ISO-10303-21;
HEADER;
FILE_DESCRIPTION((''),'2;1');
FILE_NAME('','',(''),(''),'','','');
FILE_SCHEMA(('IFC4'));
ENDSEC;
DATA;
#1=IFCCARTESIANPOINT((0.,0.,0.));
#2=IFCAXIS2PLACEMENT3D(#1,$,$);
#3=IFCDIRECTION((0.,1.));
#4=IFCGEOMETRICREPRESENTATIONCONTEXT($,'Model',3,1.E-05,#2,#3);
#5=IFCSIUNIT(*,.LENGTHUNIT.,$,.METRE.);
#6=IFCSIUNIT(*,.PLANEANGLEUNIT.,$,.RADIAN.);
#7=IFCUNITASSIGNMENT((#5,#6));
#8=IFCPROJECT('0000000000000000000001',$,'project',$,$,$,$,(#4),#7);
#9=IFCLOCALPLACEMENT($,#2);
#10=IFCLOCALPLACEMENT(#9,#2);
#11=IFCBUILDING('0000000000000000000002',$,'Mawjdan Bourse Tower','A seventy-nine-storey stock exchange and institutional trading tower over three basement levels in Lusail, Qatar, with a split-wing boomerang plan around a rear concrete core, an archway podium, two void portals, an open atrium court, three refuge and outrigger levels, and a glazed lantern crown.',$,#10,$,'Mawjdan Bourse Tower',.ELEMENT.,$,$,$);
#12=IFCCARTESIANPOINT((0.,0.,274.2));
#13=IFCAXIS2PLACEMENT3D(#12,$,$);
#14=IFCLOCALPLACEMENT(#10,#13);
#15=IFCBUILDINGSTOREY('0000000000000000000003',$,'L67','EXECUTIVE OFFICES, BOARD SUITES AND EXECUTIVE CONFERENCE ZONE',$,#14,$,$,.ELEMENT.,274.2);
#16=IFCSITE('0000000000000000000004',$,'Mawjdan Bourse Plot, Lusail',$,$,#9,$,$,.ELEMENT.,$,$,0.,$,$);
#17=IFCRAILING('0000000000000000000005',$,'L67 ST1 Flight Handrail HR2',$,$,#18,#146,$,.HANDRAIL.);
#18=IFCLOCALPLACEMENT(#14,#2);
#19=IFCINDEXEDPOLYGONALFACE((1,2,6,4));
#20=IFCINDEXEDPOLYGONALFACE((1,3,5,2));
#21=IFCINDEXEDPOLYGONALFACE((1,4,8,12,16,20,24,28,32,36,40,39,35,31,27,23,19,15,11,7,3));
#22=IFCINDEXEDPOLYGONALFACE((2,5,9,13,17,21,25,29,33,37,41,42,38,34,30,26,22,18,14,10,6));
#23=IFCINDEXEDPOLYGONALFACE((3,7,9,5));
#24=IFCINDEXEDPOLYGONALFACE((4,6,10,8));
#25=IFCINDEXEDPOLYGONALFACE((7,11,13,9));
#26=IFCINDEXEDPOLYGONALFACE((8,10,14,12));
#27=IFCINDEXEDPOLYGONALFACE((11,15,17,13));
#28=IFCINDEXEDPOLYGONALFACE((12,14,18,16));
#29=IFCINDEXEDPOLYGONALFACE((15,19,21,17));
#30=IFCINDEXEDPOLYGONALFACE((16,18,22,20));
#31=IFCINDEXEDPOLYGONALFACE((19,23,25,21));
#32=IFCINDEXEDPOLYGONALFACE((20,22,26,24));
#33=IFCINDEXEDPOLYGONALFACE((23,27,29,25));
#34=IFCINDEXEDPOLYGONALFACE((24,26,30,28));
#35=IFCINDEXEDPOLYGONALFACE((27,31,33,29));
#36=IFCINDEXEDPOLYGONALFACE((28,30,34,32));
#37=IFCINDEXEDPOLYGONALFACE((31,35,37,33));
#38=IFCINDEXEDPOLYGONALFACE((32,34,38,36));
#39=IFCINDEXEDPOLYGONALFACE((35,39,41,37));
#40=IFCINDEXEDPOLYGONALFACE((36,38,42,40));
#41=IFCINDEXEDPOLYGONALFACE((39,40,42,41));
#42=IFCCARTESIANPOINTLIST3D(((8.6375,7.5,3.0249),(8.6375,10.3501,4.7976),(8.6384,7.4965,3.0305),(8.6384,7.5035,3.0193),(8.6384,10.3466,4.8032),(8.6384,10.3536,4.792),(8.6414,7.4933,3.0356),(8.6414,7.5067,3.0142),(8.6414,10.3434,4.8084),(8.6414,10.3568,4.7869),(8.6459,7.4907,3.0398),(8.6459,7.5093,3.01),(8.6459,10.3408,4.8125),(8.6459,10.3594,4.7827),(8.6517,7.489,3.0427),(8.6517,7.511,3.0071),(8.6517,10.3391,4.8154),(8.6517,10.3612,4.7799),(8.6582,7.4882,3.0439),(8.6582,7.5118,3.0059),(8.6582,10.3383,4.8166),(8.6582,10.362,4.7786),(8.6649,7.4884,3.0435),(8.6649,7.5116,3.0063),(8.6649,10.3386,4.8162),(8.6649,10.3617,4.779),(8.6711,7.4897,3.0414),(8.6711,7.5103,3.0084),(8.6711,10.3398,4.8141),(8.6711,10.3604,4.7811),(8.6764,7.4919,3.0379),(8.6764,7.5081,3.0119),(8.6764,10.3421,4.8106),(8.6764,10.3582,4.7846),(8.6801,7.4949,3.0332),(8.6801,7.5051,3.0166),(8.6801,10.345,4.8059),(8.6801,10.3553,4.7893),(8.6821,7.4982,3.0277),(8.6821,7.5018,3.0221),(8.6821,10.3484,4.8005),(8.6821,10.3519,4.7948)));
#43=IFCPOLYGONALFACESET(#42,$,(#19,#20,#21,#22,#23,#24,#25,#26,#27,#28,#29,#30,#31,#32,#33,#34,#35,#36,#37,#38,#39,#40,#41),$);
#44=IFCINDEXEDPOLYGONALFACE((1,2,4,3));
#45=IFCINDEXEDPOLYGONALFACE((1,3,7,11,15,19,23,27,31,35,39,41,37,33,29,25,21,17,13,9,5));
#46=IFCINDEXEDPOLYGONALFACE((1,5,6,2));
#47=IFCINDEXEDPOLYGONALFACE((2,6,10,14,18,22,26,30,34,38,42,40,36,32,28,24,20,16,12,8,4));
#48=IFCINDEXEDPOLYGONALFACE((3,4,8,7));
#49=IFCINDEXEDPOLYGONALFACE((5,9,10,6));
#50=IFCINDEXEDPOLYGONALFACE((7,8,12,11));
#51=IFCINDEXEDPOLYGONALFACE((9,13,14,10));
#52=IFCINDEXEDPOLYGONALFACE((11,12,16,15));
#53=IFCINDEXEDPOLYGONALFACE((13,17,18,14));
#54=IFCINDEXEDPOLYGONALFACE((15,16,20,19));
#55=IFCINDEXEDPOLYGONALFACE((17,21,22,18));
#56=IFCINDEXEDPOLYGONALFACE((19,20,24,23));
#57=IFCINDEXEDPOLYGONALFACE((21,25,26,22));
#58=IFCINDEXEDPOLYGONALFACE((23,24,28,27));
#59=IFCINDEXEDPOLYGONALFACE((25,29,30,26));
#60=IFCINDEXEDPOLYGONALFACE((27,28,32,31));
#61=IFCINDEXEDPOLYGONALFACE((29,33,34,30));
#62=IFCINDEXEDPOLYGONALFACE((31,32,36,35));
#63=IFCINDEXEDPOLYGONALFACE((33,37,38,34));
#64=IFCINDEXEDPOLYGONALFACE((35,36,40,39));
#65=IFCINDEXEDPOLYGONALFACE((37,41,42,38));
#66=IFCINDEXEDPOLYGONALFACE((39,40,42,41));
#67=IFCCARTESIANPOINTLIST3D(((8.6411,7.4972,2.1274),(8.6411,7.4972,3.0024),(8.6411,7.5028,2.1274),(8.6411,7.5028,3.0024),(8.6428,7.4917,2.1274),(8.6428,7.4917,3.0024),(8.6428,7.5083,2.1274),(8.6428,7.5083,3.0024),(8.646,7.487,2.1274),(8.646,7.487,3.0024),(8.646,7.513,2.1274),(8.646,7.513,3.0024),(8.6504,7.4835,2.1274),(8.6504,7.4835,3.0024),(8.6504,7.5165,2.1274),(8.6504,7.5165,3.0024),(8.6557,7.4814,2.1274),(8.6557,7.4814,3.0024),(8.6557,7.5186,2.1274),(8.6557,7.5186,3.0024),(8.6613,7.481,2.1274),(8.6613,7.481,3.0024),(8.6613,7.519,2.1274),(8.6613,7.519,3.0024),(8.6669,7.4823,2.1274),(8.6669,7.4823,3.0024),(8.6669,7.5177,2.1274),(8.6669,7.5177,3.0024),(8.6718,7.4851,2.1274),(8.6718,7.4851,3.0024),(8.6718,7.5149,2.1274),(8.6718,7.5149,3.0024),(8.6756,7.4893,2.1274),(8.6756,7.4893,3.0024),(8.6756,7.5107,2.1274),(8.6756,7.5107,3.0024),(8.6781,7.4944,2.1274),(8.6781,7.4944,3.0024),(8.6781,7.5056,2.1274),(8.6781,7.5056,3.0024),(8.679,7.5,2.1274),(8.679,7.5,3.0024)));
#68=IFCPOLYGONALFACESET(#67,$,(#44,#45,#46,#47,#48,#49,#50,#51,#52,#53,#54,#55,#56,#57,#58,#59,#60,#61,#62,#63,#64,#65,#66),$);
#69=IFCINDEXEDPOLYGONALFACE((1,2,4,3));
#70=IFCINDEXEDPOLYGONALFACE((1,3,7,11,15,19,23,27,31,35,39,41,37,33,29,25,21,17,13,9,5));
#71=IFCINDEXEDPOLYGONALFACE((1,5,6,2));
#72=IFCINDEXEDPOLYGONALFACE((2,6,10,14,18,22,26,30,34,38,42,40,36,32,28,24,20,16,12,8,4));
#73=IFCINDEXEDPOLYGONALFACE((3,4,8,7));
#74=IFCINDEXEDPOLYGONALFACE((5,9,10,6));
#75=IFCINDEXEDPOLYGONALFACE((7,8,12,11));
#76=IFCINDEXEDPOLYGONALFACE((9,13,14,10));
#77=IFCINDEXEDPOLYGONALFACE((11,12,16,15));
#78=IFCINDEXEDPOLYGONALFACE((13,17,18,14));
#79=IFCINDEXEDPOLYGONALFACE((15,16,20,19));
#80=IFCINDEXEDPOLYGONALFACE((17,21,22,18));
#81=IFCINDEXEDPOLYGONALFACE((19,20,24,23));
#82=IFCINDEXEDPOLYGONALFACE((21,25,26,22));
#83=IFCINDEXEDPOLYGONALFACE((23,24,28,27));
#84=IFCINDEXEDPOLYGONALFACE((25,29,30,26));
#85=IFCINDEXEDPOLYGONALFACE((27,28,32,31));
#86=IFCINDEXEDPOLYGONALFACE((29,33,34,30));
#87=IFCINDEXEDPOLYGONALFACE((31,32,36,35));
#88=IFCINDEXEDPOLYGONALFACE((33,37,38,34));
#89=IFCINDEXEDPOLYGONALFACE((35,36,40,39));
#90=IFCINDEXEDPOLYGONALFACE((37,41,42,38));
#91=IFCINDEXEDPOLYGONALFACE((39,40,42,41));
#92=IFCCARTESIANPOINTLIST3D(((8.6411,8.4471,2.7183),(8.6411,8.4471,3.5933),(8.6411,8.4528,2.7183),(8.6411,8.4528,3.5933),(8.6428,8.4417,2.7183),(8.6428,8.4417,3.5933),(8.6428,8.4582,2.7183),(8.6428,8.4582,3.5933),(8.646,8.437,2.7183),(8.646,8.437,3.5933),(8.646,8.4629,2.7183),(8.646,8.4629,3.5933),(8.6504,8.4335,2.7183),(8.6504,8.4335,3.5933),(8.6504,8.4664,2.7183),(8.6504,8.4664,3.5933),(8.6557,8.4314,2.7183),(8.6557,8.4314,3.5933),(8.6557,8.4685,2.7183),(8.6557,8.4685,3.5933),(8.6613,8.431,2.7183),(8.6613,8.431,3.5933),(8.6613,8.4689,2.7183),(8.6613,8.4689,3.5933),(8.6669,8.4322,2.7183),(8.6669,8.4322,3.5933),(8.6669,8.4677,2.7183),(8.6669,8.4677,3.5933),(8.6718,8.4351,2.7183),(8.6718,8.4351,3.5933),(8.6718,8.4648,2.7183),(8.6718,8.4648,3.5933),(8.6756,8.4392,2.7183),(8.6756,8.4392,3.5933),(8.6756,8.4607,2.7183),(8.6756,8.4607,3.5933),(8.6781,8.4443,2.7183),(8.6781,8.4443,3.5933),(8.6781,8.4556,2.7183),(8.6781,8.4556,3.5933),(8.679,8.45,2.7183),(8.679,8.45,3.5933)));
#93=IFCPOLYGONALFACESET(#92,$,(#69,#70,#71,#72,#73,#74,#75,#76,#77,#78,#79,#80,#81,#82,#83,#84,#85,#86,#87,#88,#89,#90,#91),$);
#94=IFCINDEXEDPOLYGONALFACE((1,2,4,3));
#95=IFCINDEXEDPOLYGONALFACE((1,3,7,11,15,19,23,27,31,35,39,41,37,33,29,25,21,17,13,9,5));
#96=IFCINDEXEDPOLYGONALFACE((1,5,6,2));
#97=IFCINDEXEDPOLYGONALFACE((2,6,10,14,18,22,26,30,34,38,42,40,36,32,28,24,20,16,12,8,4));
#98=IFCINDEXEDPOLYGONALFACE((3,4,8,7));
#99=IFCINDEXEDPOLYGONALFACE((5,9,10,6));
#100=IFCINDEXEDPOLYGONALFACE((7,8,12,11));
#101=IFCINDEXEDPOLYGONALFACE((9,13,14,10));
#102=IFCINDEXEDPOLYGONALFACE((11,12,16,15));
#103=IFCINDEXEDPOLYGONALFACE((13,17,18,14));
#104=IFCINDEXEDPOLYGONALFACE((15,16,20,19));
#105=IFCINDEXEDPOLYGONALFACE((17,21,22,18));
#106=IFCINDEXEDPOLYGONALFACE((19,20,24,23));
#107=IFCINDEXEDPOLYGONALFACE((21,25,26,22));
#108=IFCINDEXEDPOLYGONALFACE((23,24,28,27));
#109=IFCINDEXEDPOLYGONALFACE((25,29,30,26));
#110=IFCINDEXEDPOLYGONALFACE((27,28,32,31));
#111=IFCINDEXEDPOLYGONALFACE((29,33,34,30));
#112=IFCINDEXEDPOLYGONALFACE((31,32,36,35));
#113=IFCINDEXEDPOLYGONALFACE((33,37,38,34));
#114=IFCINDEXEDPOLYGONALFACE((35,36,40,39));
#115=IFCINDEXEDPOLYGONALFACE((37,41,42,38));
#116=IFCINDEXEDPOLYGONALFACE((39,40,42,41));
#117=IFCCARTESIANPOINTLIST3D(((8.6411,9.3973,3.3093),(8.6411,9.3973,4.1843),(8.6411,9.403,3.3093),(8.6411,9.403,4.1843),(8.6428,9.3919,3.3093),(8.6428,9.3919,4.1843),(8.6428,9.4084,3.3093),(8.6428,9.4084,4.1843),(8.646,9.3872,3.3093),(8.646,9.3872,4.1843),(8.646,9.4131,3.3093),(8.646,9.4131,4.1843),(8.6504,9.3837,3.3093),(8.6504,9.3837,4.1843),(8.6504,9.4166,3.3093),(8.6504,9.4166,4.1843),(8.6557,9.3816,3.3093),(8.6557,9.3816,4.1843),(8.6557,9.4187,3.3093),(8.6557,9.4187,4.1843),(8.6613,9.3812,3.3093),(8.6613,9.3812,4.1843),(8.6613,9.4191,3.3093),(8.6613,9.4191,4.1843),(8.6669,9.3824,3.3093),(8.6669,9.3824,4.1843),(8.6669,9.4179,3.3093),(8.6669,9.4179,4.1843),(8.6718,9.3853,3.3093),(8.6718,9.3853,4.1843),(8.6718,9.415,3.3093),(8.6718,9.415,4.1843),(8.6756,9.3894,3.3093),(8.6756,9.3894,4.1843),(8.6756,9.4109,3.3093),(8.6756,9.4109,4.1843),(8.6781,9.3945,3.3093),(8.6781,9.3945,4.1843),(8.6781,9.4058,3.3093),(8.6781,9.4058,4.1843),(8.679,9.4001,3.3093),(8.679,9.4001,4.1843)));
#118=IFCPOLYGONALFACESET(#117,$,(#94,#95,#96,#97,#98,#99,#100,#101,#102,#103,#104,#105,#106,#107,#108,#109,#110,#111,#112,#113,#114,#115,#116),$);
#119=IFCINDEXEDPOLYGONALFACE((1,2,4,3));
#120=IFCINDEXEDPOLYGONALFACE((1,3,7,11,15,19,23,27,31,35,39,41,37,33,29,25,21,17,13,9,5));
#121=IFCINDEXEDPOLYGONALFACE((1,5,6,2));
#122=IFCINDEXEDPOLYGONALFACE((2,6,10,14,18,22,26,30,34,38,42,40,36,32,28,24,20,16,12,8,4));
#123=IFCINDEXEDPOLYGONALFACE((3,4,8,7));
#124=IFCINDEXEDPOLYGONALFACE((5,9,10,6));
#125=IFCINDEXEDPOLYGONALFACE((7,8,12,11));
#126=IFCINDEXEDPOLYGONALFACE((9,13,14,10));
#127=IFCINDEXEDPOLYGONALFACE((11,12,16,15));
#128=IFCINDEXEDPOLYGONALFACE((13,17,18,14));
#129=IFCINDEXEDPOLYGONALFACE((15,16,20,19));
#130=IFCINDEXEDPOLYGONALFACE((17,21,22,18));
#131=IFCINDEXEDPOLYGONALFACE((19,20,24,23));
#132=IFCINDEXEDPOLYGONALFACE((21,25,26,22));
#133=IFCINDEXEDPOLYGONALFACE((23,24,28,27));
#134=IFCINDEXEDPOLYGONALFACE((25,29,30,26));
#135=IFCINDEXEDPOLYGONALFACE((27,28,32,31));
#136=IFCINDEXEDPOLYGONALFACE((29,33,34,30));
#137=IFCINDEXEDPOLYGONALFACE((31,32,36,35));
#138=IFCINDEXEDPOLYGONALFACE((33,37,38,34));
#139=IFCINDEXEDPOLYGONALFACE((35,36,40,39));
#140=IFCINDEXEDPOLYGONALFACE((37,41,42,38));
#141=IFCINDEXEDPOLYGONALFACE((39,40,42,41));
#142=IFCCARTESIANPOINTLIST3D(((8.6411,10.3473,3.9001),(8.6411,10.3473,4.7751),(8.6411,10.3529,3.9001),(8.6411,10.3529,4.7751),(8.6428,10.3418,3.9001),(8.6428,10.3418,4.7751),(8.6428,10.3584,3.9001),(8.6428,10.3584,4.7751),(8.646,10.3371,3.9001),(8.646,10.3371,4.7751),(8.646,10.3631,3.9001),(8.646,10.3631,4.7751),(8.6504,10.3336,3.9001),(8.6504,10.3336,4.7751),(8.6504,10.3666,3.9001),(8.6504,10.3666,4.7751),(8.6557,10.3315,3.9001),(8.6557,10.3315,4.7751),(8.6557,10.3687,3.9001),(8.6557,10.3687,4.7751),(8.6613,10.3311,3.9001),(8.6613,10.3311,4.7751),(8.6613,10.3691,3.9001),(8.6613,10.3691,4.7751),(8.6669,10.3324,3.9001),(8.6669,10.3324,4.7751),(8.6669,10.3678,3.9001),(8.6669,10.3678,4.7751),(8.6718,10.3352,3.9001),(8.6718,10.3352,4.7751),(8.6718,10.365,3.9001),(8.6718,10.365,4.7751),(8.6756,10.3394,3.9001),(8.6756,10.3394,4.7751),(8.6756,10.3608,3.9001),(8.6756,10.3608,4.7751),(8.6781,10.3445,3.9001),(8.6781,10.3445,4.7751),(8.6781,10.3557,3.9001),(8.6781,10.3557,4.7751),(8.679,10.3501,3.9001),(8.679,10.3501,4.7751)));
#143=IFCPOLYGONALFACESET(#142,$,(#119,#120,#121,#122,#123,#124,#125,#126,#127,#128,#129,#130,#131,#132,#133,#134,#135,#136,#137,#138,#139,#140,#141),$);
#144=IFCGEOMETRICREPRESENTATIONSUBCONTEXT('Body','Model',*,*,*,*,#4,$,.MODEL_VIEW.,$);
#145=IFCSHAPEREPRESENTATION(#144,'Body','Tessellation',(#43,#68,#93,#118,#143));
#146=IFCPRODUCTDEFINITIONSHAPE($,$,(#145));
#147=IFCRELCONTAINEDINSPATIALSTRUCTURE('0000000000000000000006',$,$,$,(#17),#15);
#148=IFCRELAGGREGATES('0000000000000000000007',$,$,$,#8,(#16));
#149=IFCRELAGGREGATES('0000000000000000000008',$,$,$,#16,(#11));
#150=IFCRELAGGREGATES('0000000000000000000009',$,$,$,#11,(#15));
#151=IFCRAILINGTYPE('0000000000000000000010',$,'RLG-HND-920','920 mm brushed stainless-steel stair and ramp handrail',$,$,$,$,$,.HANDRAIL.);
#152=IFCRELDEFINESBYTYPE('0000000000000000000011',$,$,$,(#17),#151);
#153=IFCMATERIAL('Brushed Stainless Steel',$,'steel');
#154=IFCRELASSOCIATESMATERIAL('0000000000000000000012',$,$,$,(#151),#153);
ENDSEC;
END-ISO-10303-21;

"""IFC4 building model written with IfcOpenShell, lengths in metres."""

from ifc_helpers import new_model, si_unit, direction, frame, origin, origin_2d, place, context, subcontext, project, spatial, circle, extrude, material, type_object, element, save


model = new_model("IFC4")

# Units and contexts
model_context = context("Model", 3, precision=1e-05, world=origin(), true_north=direction((0.0, 1.0)))
body_context = subcontext(model_context, "Body", "Model", "MODEL_VIEW")
ifc_project = project(units=[si_unit("LENGTHUNIT", "METRE"), si_unit("PLANEANGLEUNIT", "RADIAN")], contexts=[model_context])

# Site, building, storey
site_placement = place(None, origin())
site = spatial("IfcSite", under=ifc_project, at=site_placement, Name="Mawjdan Bourse Plot, Lusail", CompositionType="ELEMENT", RefElevation=0.0)
building_placement = place(site_placement, origin())
building = spatial("IfcBuilding", under=site, at=building_placement, Name="Mawjdan Bourse Tower", Description="A seventy-nine-storey stock exchange and institutional trading tower over three basement levels in Lusail, Qatar, with a split-wing boomerang plan around a rear concrete core, an archway podium, two void portals, an open atrium court, three refuge and outrigger levels, and a glazed lantern crown.", LongName="Mawjdan Bourse Tower", CompositionType="ELEMENT")
storey_placement = place(building_placement, frame((0.0, 0.0, 274.2)))
storey = spatial("IfcBuildingStorey", under=building, at=storey_placement, Name="L67", Description="EXECUTIVE OFFICES, BOARD SUITES AND EXECUTIVE CONFERENCE ZONE", CompositionType="ELEMENT", Elevation=274.2)

# Railing
ifc_material_1 = material(Name="Brushed Stainless Steel", Category="steel")
railing_type = type_object("IfcRailingType", Name="RLG-HND-920", Description="920 mm brushed stainless-steel stair and ramp handrail", PredefinedType="HANDRAIL", material=ifc_material_1)
railing_placement = place(storey_placement, frame((8.6599, 7.5, 2.1274)))
element("IfcRailing", 1, at=railing_placement, inside=storey, type_object=railing_type, Name="L67 ST1 Flight Handrail HR2", PredefinedType="HANDRAIL", context=body_context, shape_type="SweptSolid", body=[
    extrude(circle(Radius=0.0225, at=origin_2d()), frame((0.0, 0.0, 0.8975), z_axis=(0.0, 0.849149, 0.528154), x_axis=(-1.0, 0.0, 0.0)), (0.0, 0.0, 1.0), 3.3564),
    extrude(circle(Radius=0.019, at=origin_2d()), origin(), (0.0, 0.0, 1.0), 0.875),
    extrude(circle(Radius=0.019, at=origin_2d()), frame((0.0, 0.95, 0.5908)), (0.0, 0.0, 1.0), 0.875),
    extrude(circle(Radius=0.019, at=origin_2d()), frame((0.0, 1.9001, 1.1819)), (0.0, 0.0, 1.0), 0.875),
    extrude(circle(Radius=0.019, at=origin_2d()), frame((0.0, 2.8501, 1.7727)), (0.0, 0.0, 1.0), 0.875),
])

save(model, "model.ifc")
